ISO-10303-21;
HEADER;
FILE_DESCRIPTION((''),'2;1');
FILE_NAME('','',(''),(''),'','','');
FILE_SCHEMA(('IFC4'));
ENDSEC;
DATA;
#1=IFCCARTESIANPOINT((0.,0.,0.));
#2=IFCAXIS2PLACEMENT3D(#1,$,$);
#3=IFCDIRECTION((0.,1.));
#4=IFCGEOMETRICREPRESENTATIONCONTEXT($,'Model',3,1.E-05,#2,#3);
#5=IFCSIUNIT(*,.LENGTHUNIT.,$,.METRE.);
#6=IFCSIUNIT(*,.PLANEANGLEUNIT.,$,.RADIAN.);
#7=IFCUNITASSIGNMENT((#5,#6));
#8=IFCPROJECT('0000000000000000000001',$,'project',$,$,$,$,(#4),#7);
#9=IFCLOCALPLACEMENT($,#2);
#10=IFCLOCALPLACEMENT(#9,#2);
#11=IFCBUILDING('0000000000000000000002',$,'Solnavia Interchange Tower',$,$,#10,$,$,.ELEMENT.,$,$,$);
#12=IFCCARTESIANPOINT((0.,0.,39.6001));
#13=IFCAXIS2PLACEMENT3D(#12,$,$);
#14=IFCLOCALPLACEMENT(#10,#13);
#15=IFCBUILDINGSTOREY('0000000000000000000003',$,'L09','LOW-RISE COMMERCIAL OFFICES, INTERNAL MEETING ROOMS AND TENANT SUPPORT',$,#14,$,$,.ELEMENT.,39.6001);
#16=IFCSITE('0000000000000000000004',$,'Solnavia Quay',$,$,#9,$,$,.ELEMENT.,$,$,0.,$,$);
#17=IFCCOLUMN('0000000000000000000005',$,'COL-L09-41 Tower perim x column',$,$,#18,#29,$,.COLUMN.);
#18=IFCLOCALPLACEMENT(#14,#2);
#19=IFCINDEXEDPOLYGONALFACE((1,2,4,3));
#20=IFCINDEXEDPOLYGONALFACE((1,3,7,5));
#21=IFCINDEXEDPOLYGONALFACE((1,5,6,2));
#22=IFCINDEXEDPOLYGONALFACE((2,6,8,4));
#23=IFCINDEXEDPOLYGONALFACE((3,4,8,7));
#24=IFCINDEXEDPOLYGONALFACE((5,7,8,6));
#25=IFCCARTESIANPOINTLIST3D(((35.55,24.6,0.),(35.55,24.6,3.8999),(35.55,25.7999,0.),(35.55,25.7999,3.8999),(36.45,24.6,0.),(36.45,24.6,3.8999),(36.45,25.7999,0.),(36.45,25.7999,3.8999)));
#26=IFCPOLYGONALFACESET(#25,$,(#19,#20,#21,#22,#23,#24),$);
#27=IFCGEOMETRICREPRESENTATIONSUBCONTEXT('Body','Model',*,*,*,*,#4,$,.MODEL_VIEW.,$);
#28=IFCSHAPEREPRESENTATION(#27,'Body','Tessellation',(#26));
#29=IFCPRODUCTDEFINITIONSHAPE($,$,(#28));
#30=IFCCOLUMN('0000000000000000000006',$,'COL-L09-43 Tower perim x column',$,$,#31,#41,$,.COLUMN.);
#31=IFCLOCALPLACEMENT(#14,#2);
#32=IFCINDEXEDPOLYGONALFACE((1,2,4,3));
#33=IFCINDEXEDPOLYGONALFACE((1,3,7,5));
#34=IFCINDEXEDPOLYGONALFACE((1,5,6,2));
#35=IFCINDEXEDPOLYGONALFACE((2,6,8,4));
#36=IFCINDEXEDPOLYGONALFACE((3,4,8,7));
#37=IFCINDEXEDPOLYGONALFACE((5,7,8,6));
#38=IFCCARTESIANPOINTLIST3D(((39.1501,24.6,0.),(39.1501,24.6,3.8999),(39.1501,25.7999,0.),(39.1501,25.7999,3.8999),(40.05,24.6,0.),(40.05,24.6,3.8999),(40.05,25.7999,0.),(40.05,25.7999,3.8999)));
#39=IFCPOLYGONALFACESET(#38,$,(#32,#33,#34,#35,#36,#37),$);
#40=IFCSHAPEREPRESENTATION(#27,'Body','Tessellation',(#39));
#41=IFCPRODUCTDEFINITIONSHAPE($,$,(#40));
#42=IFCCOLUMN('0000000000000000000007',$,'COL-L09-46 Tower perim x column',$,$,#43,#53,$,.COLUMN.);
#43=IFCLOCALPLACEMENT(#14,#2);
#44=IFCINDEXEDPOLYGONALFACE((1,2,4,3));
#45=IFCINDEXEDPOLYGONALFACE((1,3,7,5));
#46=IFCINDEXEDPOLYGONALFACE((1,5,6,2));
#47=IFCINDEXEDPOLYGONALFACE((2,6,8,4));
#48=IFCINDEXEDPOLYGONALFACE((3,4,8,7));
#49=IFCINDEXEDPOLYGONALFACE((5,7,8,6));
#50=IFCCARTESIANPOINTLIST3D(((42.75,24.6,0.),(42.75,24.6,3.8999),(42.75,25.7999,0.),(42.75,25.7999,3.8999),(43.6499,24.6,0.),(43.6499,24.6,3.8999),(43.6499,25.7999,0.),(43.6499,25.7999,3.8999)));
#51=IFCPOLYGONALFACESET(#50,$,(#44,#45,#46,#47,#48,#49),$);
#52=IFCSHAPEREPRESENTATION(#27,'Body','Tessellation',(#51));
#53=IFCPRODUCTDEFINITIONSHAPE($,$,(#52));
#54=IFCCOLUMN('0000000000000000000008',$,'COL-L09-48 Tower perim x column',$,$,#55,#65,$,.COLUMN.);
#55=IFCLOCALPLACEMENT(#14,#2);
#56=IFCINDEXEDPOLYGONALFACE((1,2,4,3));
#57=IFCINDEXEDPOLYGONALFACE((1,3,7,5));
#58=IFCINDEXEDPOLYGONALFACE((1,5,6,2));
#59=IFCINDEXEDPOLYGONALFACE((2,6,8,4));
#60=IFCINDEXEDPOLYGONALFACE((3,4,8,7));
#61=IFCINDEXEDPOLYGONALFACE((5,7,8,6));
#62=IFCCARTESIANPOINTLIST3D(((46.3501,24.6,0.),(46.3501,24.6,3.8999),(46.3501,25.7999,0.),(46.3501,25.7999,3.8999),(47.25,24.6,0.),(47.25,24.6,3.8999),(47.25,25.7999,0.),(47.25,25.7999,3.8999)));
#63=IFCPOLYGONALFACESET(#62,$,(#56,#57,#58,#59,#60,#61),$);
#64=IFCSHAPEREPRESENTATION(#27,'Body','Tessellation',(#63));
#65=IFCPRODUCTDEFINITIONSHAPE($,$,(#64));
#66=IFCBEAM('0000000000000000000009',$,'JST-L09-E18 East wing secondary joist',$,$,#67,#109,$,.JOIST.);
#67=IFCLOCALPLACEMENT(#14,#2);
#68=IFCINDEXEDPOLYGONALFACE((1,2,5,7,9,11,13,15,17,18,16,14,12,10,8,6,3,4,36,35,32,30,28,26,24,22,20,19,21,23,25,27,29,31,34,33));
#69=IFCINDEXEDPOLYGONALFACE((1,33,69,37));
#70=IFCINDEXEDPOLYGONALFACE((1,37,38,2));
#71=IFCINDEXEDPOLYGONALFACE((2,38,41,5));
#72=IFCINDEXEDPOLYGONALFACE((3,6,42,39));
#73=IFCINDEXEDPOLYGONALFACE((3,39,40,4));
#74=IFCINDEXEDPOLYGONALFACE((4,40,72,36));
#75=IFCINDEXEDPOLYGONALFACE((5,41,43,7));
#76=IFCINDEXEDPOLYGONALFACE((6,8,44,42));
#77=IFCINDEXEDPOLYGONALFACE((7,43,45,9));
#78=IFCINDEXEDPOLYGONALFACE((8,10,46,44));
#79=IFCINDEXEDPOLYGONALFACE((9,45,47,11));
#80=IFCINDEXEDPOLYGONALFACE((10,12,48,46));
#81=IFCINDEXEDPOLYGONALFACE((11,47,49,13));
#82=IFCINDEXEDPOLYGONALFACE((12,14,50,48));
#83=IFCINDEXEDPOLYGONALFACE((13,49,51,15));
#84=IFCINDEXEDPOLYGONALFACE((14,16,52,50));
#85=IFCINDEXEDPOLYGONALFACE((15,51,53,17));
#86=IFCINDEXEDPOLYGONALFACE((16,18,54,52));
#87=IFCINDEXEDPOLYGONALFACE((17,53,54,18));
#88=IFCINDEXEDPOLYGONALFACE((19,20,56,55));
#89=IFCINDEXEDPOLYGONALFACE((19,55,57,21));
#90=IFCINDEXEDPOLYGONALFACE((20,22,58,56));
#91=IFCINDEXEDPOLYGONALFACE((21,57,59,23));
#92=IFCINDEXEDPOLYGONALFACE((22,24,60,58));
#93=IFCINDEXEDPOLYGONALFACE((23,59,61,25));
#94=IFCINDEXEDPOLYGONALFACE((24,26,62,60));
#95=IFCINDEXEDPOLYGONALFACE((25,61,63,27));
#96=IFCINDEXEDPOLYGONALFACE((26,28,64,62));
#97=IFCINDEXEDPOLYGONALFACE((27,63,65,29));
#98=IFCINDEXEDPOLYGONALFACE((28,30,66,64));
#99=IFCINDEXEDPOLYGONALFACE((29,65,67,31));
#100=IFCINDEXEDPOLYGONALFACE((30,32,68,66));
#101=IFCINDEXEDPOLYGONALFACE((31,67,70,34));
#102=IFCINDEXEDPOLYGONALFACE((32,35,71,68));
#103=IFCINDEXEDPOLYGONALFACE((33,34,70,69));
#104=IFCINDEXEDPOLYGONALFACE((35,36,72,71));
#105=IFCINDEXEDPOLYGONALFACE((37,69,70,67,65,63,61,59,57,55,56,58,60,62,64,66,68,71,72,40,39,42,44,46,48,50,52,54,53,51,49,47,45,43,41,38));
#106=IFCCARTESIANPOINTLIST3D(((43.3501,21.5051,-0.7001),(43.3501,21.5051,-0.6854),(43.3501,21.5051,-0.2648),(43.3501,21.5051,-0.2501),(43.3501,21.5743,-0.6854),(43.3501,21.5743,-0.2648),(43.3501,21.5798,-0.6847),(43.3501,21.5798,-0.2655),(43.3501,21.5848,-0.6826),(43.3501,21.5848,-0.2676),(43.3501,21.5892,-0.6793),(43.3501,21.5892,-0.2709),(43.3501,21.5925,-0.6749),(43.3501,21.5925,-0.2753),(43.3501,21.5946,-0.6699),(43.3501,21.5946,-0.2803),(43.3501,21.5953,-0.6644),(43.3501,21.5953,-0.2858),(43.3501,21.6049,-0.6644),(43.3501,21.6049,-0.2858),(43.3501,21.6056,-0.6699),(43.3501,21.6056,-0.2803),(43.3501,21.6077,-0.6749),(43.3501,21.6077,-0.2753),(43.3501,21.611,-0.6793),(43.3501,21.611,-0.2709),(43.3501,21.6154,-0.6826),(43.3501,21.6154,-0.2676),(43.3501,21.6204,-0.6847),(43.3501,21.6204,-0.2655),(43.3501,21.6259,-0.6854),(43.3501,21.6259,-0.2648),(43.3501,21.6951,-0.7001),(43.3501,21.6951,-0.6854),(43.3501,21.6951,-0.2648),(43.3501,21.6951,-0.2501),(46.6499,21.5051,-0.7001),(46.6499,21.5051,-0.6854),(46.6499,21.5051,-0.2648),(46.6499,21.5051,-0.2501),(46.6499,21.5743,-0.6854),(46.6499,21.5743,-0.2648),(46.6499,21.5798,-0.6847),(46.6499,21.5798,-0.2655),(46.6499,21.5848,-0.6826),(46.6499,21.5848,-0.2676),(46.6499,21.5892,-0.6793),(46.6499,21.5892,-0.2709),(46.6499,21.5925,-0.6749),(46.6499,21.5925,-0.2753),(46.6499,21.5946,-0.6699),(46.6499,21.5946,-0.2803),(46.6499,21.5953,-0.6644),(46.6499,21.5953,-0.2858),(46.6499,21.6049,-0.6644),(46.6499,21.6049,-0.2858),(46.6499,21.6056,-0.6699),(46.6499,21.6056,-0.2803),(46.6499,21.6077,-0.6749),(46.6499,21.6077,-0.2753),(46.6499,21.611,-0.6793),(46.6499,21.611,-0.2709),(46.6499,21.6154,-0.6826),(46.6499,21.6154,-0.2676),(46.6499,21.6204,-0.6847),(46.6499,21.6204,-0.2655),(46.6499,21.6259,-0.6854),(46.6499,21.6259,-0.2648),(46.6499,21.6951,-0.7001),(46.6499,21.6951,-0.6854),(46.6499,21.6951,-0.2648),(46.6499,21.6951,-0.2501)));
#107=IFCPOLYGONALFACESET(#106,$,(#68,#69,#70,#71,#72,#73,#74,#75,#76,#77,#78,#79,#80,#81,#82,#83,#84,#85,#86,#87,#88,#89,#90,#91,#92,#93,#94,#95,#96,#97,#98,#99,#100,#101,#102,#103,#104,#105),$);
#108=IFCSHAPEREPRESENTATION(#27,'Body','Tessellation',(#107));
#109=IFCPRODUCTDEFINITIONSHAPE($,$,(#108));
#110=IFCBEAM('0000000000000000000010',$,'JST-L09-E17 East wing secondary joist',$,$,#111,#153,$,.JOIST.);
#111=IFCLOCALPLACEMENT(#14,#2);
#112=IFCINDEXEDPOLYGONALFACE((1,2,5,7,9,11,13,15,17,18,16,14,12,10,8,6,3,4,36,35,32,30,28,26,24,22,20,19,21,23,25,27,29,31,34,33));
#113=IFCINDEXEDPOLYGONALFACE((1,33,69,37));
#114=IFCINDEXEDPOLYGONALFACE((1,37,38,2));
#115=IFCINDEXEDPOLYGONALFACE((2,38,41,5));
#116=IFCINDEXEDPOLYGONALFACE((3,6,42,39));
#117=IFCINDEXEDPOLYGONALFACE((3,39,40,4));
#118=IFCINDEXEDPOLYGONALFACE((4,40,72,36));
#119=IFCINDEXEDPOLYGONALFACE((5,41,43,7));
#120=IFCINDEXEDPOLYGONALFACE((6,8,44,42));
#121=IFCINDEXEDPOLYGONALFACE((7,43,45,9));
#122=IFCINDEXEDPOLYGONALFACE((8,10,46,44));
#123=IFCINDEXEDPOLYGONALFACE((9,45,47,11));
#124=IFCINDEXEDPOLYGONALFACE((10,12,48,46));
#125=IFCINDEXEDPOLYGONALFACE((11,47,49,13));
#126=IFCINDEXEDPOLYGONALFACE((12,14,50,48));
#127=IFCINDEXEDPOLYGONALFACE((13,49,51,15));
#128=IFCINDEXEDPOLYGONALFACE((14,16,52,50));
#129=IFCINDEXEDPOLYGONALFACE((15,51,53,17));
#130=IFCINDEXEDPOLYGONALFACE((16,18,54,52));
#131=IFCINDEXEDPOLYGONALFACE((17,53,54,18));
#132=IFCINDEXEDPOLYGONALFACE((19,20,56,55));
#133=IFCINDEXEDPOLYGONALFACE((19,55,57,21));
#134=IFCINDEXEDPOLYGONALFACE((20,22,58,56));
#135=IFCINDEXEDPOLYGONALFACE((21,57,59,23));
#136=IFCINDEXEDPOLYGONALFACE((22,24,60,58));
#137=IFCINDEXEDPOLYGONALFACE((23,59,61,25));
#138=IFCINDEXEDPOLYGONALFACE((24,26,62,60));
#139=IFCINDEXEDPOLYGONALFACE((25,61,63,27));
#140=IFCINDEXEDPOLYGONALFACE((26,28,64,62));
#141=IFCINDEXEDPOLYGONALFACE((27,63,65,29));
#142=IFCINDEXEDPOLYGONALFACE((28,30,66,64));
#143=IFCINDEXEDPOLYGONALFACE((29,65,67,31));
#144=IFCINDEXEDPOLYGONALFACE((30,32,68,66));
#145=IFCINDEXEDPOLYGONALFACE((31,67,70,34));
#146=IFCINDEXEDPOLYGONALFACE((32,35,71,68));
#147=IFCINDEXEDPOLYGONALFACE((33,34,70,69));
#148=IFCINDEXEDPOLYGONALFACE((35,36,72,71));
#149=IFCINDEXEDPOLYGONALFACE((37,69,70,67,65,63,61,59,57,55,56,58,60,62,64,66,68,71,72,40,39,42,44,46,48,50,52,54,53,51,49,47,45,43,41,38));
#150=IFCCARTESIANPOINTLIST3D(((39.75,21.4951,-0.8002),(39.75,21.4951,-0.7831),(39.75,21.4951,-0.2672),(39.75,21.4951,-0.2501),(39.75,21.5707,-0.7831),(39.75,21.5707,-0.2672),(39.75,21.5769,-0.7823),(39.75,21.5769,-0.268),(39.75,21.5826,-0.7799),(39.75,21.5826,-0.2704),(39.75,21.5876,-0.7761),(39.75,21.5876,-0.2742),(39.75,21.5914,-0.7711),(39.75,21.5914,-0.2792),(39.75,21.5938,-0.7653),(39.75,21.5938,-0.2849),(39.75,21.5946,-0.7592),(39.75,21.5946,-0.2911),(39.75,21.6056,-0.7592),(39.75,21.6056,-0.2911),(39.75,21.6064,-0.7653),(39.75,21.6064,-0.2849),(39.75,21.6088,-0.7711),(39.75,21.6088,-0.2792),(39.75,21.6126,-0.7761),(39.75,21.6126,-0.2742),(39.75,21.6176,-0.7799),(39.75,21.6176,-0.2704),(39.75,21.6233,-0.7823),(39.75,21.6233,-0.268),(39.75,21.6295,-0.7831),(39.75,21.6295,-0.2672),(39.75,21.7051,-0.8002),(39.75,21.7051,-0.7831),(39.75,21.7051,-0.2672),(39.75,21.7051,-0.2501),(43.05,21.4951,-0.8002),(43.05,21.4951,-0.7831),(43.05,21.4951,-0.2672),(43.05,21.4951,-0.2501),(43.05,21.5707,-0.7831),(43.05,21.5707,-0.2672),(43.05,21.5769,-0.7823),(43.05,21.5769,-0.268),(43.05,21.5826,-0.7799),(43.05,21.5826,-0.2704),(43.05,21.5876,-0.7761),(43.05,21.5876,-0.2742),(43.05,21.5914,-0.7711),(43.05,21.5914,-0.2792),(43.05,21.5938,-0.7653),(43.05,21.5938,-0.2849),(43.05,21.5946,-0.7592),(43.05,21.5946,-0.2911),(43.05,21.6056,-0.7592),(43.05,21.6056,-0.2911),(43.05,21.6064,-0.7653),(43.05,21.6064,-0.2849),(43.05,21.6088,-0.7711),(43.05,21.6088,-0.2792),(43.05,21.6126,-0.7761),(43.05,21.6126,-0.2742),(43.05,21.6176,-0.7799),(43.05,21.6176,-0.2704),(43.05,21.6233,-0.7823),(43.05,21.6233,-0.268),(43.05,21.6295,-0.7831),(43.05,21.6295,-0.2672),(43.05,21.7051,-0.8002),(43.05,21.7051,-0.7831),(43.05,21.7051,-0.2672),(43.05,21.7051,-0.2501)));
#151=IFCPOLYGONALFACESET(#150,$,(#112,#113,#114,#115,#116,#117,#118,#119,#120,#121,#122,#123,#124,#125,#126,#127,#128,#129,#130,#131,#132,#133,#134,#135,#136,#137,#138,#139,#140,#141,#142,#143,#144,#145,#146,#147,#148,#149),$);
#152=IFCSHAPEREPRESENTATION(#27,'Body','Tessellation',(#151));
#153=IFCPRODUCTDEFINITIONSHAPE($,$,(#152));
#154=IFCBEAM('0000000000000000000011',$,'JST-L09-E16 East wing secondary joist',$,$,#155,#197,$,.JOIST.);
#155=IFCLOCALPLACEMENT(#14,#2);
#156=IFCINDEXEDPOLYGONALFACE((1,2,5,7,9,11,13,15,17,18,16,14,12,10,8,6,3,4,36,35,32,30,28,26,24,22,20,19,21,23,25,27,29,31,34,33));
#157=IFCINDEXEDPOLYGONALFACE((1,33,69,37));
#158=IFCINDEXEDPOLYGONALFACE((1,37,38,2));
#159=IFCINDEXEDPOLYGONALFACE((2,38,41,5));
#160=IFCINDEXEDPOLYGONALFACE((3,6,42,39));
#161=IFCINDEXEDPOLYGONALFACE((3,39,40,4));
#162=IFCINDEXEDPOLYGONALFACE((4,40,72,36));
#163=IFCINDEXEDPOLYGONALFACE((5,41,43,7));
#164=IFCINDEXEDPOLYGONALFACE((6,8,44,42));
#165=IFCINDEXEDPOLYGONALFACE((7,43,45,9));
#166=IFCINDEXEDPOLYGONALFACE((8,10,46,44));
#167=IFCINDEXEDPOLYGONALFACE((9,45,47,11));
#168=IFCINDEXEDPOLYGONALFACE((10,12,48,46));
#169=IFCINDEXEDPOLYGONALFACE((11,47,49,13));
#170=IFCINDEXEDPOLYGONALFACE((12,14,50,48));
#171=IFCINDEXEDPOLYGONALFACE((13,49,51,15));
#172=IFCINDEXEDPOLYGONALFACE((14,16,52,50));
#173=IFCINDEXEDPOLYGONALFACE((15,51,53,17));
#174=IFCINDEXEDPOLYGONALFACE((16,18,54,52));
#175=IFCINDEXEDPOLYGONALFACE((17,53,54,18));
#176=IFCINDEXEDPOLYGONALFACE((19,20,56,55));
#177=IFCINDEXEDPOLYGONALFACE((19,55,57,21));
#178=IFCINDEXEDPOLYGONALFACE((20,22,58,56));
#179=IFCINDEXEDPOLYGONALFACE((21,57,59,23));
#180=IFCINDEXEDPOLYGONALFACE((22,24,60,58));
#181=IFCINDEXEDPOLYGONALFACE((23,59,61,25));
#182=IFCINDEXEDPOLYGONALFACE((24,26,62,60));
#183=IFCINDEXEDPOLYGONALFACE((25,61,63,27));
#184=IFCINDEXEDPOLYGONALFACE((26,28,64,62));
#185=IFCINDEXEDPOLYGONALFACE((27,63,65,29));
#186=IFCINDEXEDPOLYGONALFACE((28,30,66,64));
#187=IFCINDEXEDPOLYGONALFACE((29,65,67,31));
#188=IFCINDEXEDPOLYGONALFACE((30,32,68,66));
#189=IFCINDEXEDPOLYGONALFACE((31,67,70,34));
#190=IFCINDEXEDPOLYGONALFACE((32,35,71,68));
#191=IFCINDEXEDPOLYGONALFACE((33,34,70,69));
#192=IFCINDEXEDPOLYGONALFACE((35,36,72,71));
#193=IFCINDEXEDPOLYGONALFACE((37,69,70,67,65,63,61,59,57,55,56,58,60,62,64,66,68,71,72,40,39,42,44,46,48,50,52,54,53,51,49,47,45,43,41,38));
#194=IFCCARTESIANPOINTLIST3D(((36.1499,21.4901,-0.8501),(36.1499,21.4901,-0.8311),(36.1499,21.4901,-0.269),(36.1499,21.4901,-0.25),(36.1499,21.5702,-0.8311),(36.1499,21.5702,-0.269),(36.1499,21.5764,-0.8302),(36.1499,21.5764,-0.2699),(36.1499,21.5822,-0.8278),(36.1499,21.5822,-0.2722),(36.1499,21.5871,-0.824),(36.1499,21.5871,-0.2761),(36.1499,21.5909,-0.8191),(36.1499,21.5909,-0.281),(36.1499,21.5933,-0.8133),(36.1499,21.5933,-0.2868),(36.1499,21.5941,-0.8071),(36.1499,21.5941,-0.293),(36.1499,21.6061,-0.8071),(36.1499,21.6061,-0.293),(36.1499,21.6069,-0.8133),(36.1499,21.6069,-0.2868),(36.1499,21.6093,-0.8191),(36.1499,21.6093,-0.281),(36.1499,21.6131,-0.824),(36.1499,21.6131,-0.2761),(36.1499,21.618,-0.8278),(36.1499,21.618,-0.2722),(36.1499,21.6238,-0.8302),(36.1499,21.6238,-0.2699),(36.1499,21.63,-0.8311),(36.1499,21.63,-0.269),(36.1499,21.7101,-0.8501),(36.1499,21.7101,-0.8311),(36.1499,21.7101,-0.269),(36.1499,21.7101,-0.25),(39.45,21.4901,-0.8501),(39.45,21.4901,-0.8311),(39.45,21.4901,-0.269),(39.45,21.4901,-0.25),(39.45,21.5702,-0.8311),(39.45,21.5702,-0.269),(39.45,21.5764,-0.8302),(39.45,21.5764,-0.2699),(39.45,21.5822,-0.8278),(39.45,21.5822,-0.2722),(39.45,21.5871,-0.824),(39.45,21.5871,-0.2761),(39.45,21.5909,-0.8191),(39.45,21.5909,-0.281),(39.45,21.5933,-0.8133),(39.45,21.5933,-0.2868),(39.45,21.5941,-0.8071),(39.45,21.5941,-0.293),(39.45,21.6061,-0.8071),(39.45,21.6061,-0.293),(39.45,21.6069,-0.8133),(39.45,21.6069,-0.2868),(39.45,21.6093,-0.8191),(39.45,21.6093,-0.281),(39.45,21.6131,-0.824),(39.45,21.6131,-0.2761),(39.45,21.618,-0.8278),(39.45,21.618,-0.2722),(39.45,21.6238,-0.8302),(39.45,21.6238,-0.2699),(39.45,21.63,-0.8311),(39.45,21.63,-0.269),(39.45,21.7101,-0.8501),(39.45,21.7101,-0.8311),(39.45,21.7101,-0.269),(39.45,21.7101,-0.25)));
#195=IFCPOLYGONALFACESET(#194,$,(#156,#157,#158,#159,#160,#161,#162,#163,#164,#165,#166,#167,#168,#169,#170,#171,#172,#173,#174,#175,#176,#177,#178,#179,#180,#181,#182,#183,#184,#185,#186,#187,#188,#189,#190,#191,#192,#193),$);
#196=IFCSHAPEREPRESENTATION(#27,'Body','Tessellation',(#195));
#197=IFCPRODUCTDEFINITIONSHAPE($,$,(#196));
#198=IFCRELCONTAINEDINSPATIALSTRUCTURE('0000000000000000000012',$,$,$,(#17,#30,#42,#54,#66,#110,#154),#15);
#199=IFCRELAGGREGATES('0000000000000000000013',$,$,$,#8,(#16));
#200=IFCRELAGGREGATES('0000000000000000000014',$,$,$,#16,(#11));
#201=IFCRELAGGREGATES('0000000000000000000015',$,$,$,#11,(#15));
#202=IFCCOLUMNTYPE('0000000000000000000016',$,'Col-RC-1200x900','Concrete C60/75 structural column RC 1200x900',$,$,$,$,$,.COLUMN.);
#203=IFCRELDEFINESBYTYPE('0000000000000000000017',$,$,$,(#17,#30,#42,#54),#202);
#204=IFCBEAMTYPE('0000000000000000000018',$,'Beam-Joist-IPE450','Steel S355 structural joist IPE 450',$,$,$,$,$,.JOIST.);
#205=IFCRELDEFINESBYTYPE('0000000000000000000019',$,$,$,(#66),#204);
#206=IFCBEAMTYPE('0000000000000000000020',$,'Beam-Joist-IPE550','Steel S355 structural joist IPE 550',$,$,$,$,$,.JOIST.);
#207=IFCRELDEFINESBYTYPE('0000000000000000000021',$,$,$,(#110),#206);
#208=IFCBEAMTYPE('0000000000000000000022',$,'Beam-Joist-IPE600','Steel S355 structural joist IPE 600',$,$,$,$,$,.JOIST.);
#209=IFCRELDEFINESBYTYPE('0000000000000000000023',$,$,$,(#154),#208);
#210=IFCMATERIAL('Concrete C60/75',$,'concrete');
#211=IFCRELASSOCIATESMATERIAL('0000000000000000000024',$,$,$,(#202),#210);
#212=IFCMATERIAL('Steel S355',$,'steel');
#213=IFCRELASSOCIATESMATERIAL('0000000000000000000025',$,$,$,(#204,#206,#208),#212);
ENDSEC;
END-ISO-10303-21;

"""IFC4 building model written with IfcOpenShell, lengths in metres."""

from ifc_helpers import new_model, si_unit, direction, frame, origin, origin_2d, place, context, subcontext, project, spatial, rectangle, i_section, extrude, material, material_profile, profile_set, type_object, element, save


model = new_model("IFC4")

# Units and contexts
model_context = context("Model", 3, precision=1e-05, world=origin(), true_north=direction((0.0, 1.0)))
body_context = subcontext(model_context, "Body", "Model", "MODEL_VIEW")
ifc_project = project(units=[si_unit("LENGTHUNIT", "METRE"), si_unit("PLANEANGLEUNIT", "RADIAN")], contexts=[model_context])

# Site, building, storey
site_placement = place(None, origin())
site = spatial("IfcSite", under=ifc_project, at=site_placement, Name="Solnavia Quay", CompositionType="ELEMENT", RefElevation=0.0)
building_placement = place(site_placement, origin())
building = spatial("IfcBuilding", under=site, at=building_placement, Name="Solnavia Interchange Tower", CompositionType="ELEMENT")
storey_placement = place(building_placement, frame((0.0, 0.0, 39.6001)))
storey = spatial("IfcBuildingStorey", under=building, at=storey_placement, Name="L09", Description="LOW-RISE COMMERCIAL OFFICES, INTERNAL MEETING ROOMS AND TENANT SUPPORT", CompositionType="ELEMENT", Elevation=39.6001)

# Columns
ifc_material_1 = material(Name="Concrete C60/75", Category="concrete")
ifc_material_profile_1 = material_profile(ifc_material_1, rectangle(XDim=0.8999, YDim=1.2, at=origin_2d()), Name="RC 1200x900")
ifc_profile_set_1 = profile_set([ifc_material_profile_1], Name="Concrete C60/75")
column_type = type_object("IfcColumnType", Name="Col-RC-1200x900", Description="Concrete C60/75 structural column RC 1200x900", PredefinedType="COLUMN", material=ifc_profile_set_1)
for number, where, z_axis, x_axis, name in (
    (1, (36.0, 25.2, 0.0), (0.0, 0.0, 1.0), (1.0, 0.0, 0.0), "COL-L09-41 Tower perim x column"),
    (2, (39.6001, 25.2, 0.0), (0.0, 0.0, 1.0), (1.0, 0.0, 0.0), "COL-L09-43 Tower perim x column"),
    (3, (43.2, 25.2, 0.0), (0.0, 0.0, 1.0), (1.0, 0.0, 0.0), "COL-L09-46 Tower perim x column"),
    (4, (46.8, 25.2, 0.0), (0.0, 0.0, 1.0), (1.0, 0.0, 0.0), "COL-L09-48 Tower perim x column"),
):
    element("IfcColumn", number, at=place(storey_placement, frame(where, z_axis=z_axis, x_axis=x_axis)), inside=storey, type_object=column_type, Name=name, PredefinedType="COLUMN", context=body_context, shape_type="SweptSolid", body=[
        extrude(rectangle(XDim=0.8999, YDim=1.2, at=origin_2d()), origin(), (0.0, 0.0, 1.0), 3.8999),
    ])

# Beams
ifc_material_2 = material(Name="Steel S355", Category="steel")
ifc_material_profile_2 = material_profile(ifc_material_2, i_section(OverallWidth=0.1899, OverallDepth=0.45, WebThickness=0.0095, FlangeThickness=0.0146, FilletRadius=0.021, at=origin_2d()), Name="IPE 450")
ifc_profile_set_2 = profile_set([ifc_material_profile_2], Name="Steel S355")
beam_type_1 = type_object("IfcBeamType", Name="Beam-Joist-IPE450", Description="Steel S355 structural joist IPE 450", PredefinedType="JOIST", material=ifc_profile_set_2)
beam_1_placement = place(storey_placement, frame((43.3501, 21.6001, -0.4751), z_axis=(1.0, 0.0, 0.0), x_axis=(0.0, 1.0, 0.0)))
element("IfcBeam", 5, at=beam_1_placement, inside=storey, type_object=beam_type_1, Name="JST-L09-E18 East wing secondary joist", PredefinedType="JOIST", context=body_context, shape_type="SweptSolid", body=[
    extrude(i_section(OverallWidth=0.1899, OverallDepth=0.45, WebThickness=0.0095, FlangeThickness=0.0146, FilletRadius=0.021, at=origin_2d()), origin(), (0.0, 0.0, 1.0), 3.2998),
])
ifc_material_profile_3 = material_profile(ifc_material_2, i_section(OverallWidth=0.21, OverallDepth=0.55, WebThickness=0.011, FlangeThickness=0.0171, FilletRadius=0.0239, at=origin_2d()), Name="IPE 550")
ifc_profile_set_3 = profile_set([ifc_material_profile_3], Name="Steel S355")
beam_type_2 = type_object("IfcBeamType", Name="Beam-Joist-IPE550", Description="Steel S355 structural joist IPE 550", PredefinedType="JOIST", material=ifc_profile_set_3)
beam_2_placement = place(storey_placement, frame((39.75, 21.6001, -0.5251), z_axis=(1.0, 0.0, 0.0), x_axis=(0.0, 1.0, 0.0)))
element("IfcBeam", 6, at=beam_2_placement, inside=storey, type_object=beam_type_2, Name="JST-L09-E17 East wing secondary joist", PredefinedType="JOIST", context=body_context, shape_type="SweptSolid", body=[
    extrude(i_section(OverallWidth=0.21, OverallDepth=0.55, WebThickness=0.011, FlangeThickness=0.0171, FilletRadius=0.0239, at=origin_2d()), origin(), (0.0, 0.0, 1.0), 3.3),
])
ifc_material_profile_4 = material_profile(ifc_material_2, i_section(OverallWidth=0.22, OverallDepth=0.6001, WebThickness=0.012, FlangeThickness=0.019, FilletRadius=0.0239, at=origin_2d()), Name="IPE 600")
ifc_profile_set_4 = profile_set([ifc_material_profile_4], Name="Steel S355")
beam_type_3 = type_object("IfcBeamType", Name="Beam-Joist-IPE600", Description="Steel S355 structural joist IPE 600", PredefinedType="JOIST", material=ifc_profile_set_4)
for number, where, z_axis, x_axis, name in (
    (7, (36.1499, 21.6001, -0.55), (1.0, 0.0, 0.0), (0.0, 1.0, 0.0), "JST-L09-E16 East wing secondary joist"),
):
    element("IfcBeam", number, at=place(storey_placement, frame(where, z_axis=z_axis, x_axis=x_axis)), inside=storey, type_object=beam_type_3, Name=name, PredefinedType="JOIST", context=body_context, shape_type="SweptSolid", body=[
        extrude(i_section(OverallWidth=0.22, OverallDepth=0.6001, WebThickness=0.012, FlangeThickness=0.019, FilletRadius=0.0239, at=origin_2d()), origin(), (0.0, 0.0, 1.0), 3.3),
    ])

save(model, "model.ifc")
